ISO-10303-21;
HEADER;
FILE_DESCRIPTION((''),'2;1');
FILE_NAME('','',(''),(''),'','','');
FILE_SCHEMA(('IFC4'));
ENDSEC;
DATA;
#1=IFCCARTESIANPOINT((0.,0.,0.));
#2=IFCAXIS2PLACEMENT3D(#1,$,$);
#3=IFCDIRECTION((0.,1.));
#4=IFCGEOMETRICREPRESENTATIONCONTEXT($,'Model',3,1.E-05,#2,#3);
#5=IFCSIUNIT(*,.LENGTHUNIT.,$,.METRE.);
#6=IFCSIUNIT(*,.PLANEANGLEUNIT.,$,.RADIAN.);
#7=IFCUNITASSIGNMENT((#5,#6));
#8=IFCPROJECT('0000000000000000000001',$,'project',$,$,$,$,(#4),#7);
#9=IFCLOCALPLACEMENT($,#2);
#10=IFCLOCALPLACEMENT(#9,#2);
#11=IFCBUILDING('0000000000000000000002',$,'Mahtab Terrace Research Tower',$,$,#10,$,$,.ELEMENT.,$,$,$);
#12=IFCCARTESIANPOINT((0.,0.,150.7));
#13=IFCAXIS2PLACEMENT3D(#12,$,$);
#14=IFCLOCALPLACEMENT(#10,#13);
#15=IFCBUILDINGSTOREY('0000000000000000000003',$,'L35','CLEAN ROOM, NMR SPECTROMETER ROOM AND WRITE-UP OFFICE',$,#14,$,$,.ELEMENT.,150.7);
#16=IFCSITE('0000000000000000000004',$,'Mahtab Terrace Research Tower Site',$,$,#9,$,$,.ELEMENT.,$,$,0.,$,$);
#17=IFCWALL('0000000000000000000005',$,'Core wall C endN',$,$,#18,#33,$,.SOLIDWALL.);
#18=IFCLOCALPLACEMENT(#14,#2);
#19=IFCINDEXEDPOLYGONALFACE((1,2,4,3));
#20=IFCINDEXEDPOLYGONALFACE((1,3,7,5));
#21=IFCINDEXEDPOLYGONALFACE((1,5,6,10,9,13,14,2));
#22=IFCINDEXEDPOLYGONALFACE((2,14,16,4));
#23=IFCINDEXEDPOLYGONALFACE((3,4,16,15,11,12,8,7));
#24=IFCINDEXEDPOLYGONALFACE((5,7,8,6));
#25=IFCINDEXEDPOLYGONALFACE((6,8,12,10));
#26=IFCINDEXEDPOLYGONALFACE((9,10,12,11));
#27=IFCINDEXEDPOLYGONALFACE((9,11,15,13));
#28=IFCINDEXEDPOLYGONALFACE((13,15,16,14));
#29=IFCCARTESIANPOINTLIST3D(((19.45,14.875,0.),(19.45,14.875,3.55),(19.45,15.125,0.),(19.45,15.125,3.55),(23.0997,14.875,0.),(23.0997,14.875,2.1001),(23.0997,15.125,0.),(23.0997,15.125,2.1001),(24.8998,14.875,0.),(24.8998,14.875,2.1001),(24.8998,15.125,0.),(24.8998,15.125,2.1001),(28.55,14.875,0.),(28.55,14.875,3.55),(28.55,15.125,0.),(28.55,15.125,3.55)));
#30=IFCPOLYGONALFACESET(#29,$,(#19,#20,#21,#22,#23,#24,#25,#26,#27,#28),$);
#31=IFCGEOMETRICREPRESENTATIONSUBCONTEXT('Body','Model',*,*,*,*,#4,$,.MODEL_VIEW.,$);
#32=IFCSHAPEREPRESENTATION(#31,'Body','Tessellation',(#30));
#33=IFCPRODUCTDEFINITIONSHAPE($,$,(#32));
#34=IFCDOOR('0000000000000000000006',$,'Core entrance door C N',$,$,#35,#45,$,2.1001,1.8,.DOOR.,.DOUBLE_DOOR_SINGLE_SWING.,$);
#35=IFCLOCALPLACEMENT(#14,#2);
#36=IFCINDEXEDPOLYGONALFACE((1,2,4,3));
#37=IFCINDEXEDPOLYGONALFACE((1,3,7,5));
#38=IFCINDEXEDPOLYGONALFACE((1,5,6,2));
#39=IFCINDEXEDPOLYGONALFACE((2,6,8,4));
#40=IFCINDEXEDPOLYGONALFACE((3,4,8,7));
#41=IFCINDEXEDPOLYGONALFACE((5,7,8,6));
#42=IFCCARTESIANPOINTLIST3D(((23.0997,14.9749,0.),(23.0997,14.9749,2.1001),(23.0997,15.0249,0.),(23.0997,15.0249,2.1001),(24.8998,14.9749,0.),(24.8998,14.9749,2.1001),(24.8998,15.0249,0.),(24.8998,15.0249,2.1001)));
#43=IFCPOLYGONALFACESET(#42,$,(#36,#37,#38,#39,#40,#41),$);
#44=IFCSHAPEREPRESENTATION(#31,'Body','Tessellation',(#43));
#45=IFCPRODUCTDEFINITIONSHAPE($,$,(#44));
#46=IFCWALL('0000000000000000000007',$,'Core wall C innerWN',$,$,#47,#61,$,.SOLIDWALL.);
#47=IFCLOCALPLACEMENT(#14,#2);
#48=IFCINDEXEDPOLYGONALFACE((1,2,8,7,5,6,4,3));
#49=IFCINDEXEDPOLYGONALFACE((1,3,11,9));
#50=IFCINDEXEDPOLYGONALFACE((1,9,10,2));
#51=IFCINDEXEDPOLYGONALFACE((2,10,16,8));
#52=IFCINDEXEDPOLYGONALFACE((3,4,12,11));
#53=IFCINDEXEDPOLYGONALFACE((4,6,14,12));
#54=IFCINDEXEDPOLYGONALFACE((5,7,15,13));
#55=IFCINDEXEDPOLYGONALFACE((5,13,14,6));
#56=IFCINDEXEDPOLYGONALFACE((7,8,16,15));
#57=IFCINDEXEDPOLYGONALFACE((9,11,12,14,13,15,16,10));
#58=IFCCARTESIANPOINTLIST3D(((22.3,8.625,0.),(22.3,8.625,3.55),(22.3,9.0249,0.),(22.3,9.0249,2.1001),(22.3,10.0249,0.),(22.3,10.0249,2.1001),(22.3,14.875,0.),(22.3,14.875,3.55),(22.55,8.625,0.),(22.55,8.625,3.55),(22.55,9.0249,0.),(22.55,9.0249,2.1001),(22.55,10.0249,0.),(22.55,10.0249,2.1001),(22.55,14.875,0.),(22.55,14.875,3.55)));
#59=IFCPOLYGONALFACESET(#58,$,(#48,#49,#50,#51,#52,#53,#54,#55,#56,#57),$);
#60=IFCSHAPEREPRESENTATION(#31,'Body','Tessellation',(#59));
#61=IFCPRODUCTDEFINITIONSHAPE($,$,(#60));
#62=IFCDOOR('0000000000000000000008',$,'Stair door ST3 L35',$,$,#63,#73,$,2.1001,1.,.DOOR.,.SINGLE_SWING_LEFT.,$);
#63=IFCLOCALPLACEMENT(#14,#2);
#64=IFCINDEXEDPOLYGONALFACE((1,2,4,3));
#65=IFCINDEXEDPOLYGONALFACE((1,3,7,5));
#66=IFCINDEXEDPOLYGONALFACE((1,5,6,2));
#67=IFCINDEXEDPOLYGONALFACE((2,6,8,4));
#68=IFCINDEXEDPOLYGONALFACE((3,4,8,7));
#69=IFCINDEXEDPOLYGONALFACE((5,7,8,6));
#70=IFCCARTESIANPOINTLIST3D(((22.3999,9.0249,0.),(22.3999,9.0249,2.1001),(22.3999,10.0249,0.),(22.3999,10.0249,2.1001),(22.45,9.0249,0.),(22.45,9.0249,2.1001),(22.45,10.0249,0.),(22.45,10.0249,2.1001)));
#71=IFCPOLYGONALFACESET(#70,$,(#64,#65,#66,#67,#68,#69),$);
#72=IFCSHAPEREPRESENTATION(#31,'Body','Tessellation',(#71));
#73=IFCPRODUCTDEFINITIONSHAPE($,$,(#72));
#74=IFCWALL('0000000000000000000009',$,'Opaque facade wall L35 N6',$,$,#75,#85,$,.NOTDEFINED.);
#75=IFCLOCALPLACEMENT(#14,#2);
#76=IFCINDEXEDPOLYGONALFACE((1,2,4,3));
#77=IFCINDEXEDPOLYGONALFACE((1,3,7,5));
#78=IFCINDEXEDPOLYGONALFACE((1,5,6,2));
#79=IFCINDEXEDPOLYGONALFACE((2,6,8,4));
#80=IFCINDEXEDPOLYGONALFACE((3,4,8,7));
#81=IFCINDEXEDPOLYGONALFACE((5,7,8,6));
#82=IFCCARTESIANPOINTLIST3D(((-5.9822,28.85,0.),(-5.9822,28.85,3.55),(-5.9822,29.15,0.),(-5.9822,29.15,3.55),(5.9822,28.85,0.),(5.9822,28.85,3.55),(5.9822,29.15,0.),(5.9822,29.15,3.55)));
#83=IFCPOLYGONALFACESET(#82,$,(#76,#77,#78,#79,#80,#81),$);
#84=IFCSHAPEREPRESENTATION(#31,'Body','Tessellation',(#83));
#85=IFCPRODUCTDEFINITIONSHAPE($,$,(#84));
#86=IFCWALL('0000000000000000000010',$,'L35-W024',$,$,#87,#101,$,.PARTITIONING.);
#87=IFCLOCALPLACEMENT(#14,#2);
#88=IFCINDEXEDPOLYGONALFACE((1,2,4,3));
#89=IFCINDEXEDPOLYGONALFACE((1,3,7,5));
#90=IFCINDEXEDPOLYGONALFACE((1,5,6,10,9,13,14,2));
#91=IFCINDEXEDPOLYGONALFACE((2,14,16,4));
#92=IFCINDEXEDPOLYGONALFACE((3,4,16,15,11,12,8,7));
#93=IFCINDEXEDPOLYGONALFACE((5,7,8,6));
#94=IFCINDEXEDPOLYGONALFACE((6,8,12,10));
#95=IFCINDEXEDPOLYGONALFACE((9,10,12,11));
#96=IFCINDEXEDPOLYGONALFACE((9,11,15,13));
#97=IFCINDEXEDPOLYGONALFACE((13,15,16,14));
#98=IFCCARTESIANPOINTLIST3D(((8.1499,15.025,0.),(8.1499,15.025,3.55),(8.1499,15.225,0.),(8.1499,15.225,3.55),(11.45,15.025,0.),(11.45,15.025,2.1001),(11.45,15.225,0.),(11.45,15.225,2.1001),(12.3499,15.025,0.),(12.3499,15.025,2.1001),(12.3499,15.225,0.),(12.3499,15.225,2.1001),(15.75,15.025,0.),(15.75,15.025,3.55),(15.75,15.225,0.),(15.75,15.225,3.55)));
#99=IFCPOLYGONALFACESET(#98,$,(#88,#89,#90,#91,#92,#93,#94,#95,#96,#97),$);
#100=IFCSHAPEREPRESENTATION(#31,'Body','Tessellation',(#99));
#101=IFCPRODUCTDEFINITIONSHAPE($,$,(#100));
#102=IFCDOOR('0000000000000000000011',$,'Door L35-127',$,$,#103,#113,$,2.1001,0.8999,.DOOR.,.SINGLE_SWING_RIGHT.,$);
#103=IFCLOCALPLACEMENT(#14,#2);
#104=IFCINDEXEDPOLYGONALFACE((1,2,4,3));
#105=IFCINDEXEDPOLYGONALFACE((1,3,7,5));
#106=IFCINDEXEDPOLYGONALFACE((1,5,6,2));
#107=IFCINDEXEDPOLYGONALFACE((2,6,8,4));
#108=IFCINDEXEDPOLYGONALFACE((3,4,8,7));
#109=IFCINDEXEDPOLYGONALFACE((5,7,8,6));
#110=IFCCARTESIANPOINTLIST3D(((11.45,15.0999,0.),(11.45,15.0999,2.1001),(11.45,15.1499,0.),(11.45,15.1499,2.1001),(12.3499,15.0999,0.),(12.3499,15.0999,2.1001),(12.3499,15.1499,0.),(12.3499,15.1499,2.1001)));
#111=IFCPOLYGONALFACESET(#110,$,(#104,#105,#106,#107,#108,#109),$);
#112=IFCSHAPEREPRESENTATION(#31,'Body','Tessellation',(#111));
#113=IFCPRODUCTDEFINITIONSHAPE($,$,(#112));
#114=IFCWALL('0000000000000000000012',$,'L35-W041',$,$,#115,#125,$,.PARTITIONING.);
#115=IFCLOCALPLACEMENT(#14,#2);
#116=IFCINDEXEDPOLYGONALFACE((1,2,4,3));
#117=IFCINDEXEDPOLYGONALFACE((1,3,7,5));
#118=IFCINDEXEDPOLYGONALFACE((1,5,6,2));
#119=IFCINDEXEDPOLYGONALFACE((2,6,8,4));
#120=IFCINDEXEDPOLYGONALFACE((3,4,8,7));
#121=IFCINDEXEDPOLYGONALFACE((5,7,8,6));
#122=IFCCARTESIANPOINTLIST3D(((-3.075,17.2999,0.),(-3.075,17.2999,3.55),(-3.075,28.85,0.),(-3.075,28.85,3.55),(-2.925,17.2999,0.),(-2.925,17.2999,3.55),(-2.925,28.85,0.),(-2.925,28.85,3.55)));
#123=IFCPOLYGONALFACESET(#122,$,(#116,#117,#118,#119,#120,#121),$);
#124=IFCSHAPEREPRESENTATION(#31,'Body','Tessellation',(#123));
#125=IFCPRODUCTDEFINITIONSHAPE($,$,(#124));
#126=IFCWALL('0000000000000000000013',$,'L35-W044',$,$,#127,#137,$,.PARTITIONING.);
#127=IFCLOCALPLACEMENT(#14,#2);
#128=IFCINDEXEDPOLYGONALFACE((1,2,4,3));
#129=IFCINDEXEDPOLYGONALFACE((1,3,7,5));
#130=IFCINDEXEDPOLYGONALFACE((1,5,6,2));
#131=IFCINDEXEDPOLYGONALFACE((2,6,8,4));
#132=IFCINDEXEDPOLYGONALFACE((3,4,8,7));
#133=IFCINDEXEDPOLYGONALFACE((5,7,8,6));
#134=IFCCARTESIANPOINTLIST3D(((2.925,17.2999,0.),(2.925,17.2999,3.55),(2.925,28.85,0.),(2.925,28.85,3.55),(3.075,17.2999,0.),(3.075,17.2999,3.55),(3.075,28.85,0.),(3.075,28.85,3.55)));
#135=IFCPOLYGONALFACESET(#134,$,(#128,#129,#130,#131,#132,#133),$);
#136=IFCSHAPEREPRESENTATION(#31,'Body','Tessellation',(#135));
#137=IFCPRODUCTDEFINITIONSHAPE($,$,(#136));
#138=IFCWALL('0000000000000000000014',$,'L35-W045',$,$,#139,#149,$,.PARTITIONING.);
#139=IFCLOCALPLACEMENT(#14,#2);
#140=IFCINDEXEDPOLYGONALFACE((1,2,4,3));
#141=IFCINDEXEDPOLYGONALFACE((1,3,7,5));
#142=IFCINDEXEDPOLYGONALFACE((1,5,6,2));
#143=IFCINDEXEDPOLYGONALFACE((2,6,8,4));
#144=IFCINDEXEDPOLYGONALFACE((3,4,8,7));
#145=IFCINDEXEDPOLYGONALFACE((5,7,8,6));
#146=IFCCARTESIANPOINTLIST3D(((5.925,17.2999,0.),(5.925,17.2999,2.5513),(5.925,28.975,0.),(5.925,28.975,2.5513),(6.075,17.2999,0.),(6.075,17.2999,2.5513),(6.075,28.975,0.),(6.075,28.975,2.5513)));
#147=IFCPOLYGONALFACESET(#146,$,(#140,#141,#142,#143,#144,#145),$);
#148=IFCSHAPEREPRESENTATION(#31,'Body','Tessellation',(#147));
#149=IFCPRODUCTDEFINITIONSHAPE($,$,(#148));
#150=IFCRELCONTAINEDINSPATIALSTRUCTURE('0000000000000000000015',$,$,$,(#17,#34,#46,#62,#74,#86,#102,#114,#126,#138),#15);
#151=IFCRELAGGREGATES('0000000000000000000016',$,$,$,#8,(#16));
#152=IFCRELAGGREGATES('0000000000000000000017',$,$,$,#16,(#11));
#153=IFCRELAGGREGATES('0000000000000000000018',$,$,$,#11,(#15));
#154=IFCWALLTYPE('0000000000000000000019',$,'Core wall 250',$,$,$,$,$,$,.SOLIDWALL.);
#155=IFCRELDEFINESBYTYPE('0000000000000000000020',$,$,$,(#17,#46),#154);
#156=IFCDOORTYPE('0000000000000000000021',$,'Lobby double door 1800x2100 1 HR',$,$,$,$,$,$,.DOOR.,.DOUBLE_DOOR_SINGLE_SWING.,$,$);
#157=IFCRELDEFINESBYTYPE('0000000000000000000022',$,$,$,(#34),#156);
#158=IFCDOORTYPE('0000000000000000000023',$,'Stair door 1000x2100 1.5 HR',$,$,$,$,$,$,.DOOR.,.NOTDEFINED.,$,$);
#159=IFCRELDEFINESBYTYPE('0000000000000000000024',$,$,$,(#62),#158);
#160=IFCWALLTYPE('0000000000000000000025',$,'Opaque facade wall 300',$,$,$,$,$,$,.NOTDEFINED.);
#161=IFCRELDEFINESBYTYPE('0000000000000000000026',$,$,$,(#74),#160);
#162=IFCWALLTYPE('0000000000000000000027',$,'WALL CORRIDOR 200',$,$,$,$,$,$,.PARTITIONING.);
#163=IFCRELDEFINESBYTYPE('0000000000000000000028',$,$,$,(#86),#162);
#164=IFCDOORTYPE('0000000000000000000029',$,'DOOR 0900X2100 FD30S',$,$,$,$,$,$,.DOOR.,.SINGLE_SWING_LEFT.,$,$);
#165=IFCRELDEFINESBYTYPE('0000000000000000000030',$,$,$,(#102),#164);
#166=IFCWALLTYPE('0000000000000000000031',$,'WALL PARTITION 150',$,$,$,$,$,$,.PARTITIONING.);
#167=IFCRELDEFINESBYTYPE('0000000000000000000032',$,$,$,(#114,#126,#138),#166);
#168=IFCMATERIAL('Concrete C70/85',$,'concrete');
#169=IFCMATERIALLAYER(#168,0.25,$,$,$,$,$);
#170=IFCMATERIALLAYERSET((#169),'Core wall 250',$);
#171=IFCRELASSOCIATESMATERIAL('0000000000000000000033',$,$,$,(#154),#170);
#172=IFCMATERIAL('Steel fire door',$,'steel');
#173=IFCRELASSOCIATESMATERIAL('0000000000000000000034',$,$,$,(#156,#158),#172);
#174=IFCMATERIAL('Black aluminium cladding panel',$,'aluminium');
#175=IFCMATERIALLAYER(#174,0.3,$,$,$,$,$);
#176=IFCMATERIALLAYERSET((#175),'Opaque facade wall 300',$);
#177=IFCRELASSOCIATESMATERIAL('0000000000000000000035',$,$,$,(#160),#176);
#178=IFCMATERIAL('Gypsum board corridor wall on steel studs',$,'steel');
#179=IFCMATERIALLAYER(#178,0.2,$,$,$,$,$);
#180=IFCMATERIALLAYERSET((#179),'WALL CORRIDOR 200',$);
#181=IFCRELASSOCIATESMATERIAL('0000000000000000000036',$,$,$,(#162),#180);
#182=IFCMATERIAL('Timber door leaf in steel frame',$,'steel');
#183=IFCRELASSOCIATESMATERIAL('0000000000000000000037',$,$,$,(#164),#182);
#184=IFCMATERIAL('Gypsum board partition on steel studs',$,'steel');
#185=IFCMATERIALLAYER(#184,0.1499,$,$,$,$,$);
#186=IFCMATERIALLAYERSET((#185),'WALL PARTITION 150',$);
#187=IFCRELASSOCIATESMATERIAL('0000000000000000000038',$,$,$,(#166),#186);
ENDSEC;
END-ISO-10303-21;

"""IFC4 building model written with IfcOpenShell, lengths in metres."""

from ifc_helpers import new_model, si_unit, direction, frame, frame_2d, origin, place, context, subcontext, project, spatial, rectangle, extrude, material, layer, layer_set, type_object, element, fill, save


model = new_model("IFC4")

# Units and contexts
model_context = context("Model", 3, precision=1e-05, world=origin(), true_north=direction((0.0, 1.0)))
body_context = subcontext(model_context, "Body", "Model", "MODEL_VIEW")
ifc_project = project(units=[si_unit("LENGTHUNIT", "METRE"), si_unit("PLANEANGLEUNIT", "RADIAN")], contexts=[model_context])

# Site, building, storey
site_placement = place(None, origin())
site = spatial("IfcSite", under=ifc_project, at=site_placement, Name="Mahtab Terrace Research Tower Site", CompositionType="ELEMENT", RefElevation=0.0)
building_placement = place(site_placement, origin())
building = spatial("IfcBuilding", under=site, at=building_placement, Name="Mahtab Terrace Research Tower", CompositionType="ELEMENT")
storey_placement = place(building_placement, frame((0.0, 0.0, 150.7)))
storey = spatial("IfcBuildingStorey", under=building, at=storey_placement, Name="L35", Description="CLEAN ROOM, NMR SPECTROMETER ROOM AND WRITE-UP OFFICE", CompositionType="ELEMENT", Elevation=150.7)

# Shared definitions
ifc_material_1 = material(Name="Concrete C70/85", Category="concrete")
ifc_layer_1 = layer(ifc_material_1, 0.25)
ifc_layer_set_1 = layer_set([ifc_layer_1], Name="Core wall 250")
wall_type_1 = type_object("IfcWallType", Name="Core wall 250", PredefinedType="SOLIDWALL", material=ifc_layer_set_1)
ifc_material_2 = material(Name="Steel fire door", Category="steel")

# Walls, openings, doors
wall_1_placement = place(storey_placement, frame((19.45, 15.0, 0.0), z_axis=(0.0, 0.0, 1.0), x_axis=(1.0, 0.0, 0.0)))
wall_1 = element("IfcWall", 1, at=wall_1_placement, inside=storey, type_object=wall_type_1, Name="Core wall C endN", PredefinedType="SOLIDWALL", context=body_context, shape_type="SweptSolid", body=[
    extrude(rectangle(XDim=9.1001, YDim=0.25, at=frame_2d((4.55, 0.0))), origin(), (0.0, 0.0, 1.0), 3.55),
])
opening_1_placement = place(wall_1_placement, frame((3.6499, 0.0, 0.0)))
opening_1 = element("IfcOpeningElement", 2, at=opening_1_placement, cuts=wall_1, PredefinedType="OPENING", context=body_context, shape_type="SweptSolid", body=[
    extrude(rectangle(XDim=1.8, YDim=2.1001, at=frame_2d((0.8999, 1.05))), frame((0.0, 0.135, 0.0), z_axis=(0.0, -1.0, 0.0), x_axis=(1.0, 0.0, 0.0)), (0.0, 0.0, 1.0), 0.27),
])
door_type_1 = type_object("IfcDoorType", Name="Lobby double door 1800x2100 1 HR", OperationType="DOUBLE_DOOR_SINGLE_SWING", PredefinedType="DOOR", material=ifc_material_2)
door_1_placement = place(opening_1_placement, origin())
door_1 = element("IfcDoor", 3, at=door_1_placement, inside=storey, type_object=door_type_1, Name="Core entrance door C N", OperationType="DOUBLE_DOOR_SINGLE_SWING", OverallHeight=2.1001, OverallWidth=1.8, PredefinedType="DOOR", context=body_context, shape_type="SweptSolid", body=[
    extrude(rectangle(XDim=1.8, YDim=2.1001, at=frame_2d((0.8999, 1.05))), frame((0.0, 0.0249, 0.0), z_axis=(0.0, -1.0, 0.0), x_axis=(1.0, 0.0, 0.0)), (0.0, 0.0, 1.0), 0.05),
])
fill(opening_1, door_1)
wall_2_placement = place(storey_placement, frame((22.425, 14.875, 0.0), z_axis=(0.0, 0.0, 1.0), x_axis=(0.0, -1.0, 0.0)))
wall_2 = element("IfcWall", 4, at=wall_2_placement, inside=storey, type_object=wall_type_1, Name="Core wall C innerWN", PredefinedType="SOLIDWALL", context=body_context, shape_type="SweptSolid", body=[
    extrude(rectangle(XDim=6.25, YDim=0.25, at=frame_2d((3.125, 0.0))), origin(), (0.0, 0.0, 1.0), 3.55),
])
opening_2_placement = place(wall_2_placement, frame((4.8501, 0.0, 0.0)))
opening_2 = element("IfcOpeningElement", 5, at=opening_2_placement, cuts=wall_2, PredefinedType="OPENING", context=body_context, shape_type="SweptSolid", body=[
    extrude(rectangle(XDim=1.0, YDim=2.1001, at=frame_2d((0.5, 1.05))), frame((0.0, 0.135, 0.0), z_axis=(0.0, -1.0, 0.0), x_axis=(1.0, 0.0, 0.0)), (0.0, 0.0, 1.0), 0.27),
])
door_type_2 = type_object("IfcDoorType", Name="Stair door 1000x2100 1.5 HR", OperationType="NOTDEFINED", PredefinedType="DOOR", material=ifc_material_2)
door_2_placement = place(opening_2_placement, origin())
door_2 = element("IfcDoor", 6, at=door_2_placement, inside=storey, type_object=door_type_2, Name="Stair door ST3 L35", OperationType="SINGLE_SWING_LEFT", OverallHeight=2.1001, OverallWidth=1.0, PredefinedType="DOOR", context=body_context, shape_type="SweptSolid", body=[
    extrude(rectangle(XDim=1.0, YDim=2.1001, at=frame_2d((0.5, 1.05))), frame((0.0, 0.0249, 0.0), z_axis=(0.0, -1.0, 0.0), x_axis=(1.0, 0.0, 0.0)), (0.0, 0.0, 1.0), 0.05),
])
fill(opening_2, door_2)

# Wall
ifc_material_3 = material(Name="Black aluminium cladding panel", Category="aluminium")
ifc_layer_2 = layer(ifc_material_3, 0.3)
ifc_layer_set_2 = layer_set([ifc_layer_2], Name="Opaque facade wall 300")
wall_type_2 = type_object("IfcWallType", Name="Opaque facade wall 300", PredefinedType="NOTDEFINED", material=ifc_layer_set_2)
wall_3_placement = place(storey_placement, frame((5.9822, 29.0, 0.0), z_axis=(0.0, 0.0, 1.0), x_axis=(-1.0, 0.0, 0.0)))
element("IfcWall", 7, at=wall_3_placement, inside=storey, type_object=wall_type_2, Name="Opaque facade wall L35 N6", PredefinedType="NOTDEFINED", context=body_context, shape_type="SweptSolid", body=[
    extrude(rectangle(XDim=11.9644, YDim=0.3, at=frame_2d((5.9822, 0.0))), origin(), (0.0, 0.0, 1.0), 3.55),
])

# Wall, opening, door
ifc_material_4 = material(Name="Gypsum board corridor wall on steel studs", Category="steel")
ifc_layer_3 = layer(ifc_material_4, 0.2)
ifc_layer_set_3 = layer_set([ifc_layer_3], Name="WALL CORRIDOR 200")
wall_type_3 = type_object("IfcWallType", Name="WALL CORRIDOR 200", PredefinedType="PARTITIONING", material=ifc_layer_set_3)
wall_4_placement = place(storey_placement, frame((8.1499, 15.125, 0.0), z_axis=(0.0, 0.0, 1.0), x_axis=(1.0, 0.0, 0.0)))
wall_4 = element("IfcWall", 8, at=wall_4_placement, inside=storey, type_object=wall_type_3, Name="L35-W024", PredefinedType="PARTITIONING", context=body_context, shape_type="SweptSolid", body=[
    extrude(rectangle(XDim=7.6001, YDim=0.2, at=frame_2d((3.8, 0.0))), origin(), (0.0, 0.0, 1.0), 3.55),
])
opening_3_placement = place(wall_4_placement, frame((3.3, 0.0, 0.0)))
opening_3 = element("IfcOpeningElement", 9, at=opening_3_placement, cuts=wall_4, PredefinedType="OPENING", context=body_context, shape_type="SweptSolid", body=[
    extrude(rectangle(XDim=0.8999, YDim=2.1001, at=frame_2d((0.45, 1.05))), frame((0.0, 0.1099, 0.0), z_axis=(0.0, -1.0, 0.0), x_axis=(1.0, 0.0, 0.0)), (0.0, 0.0, 1.0), 0.22),
])
ifc_material_5 = material(Name="Timber door leaf in steel frame", Category="steel")
door_type_3 = type_object("IfcDoorType", Name="DOOR 0900X2100 FD30S", OperationType="SINGLE_SWING_LEFT", PredefinedType="DOOR", material=ifc_material_5)
door_3_placement = place(opening_3_placement, origin())
door_3 = element("IfcDoor", 10, at=door_3_placement, inside=storey, type_object=door_type_3, Name="Door L35-127", OperationType="SINGLE_SWING_RIGHT", OverallHeight=2.1001, OverallWidth=0.8999, PredefinedType="DOOR", context=body_context, shape_type="SweptSolid", body=[
    extrude(rectangle(XDim=0.8999, YDim=2.1001, at=frame_2d((0.45, 1.05))), frame((0.0, 0.0249, 0.0), z_axis=(0.0, -1.0, 0.0), x_axis=(1.0, 0.0, 0.0)), (0.0, 0.0, 1.0), 0.05),
])
fill(opening_3, door_3)

# Walls
ifc_material_6 = material(Name="Gypsum board partition on steel studs", Category="steel")
ifc_layer_4 = layer(ifc_material_6, 0.1499)
ifc_layer_set_4 = layer_set([ifc_layer_4], Name="WALL PARTITION 150")
wall_type_4 = type_object("IfcWallType", Name="WALL PARTITION 150", PredefinedType="PARTITIONING", material=ifc_layer_set_4)
for number, where, z_axis, x_axis, name in (
    (11, (-3.0, 17.3, 0.0), (0.0, 0.0, 1.0), (0.0, 1.0, 0.0), "L35-W041"),
    (12, (3.0, 17.3, 0.0), (0.0, 0.0, 1.0), (0.0, 1.0, 0.0), "L35-W044"),
):
    element("IfcWall", number, at=place(storey_placement, frame(where, z_axis=z_axis, x_axis=x_axis)), inside=storey, type_object=wall_type_4, Name=name, PredefinedType="PARTITIONING", context=body_context, shape_type="SweptSolid", body=[
        extrude(rectangle(XDim=11.55, YDim=0.1499, at=frame_2d((5.7749, 0.0))), origin(), (0.0, 0.0, 1.0), 3.55),
    ])
wall_5_placement = place(storey_placement, frame((6.0, 17.3, 0.0), z_axis=(0.0, 0.0, 1.0), x_axis=(0.0, 1.0, 0.0)))
element("IfcWall", 13, at=wall_5_placement, inside=storey, type_object=wall_type_4, Name="L35-W045", PredefinedType="PARTITIONING", context=body_context, shape_type="SweptSolid", body=[
    extrude(rectangle(XDim=11.675, YDim=0.1499, at=frame_2d((5.8374, 0.0))), origin(), (0.0, 0.0, 1.0), 2.5513),
])

save(model, "model.ifc")
